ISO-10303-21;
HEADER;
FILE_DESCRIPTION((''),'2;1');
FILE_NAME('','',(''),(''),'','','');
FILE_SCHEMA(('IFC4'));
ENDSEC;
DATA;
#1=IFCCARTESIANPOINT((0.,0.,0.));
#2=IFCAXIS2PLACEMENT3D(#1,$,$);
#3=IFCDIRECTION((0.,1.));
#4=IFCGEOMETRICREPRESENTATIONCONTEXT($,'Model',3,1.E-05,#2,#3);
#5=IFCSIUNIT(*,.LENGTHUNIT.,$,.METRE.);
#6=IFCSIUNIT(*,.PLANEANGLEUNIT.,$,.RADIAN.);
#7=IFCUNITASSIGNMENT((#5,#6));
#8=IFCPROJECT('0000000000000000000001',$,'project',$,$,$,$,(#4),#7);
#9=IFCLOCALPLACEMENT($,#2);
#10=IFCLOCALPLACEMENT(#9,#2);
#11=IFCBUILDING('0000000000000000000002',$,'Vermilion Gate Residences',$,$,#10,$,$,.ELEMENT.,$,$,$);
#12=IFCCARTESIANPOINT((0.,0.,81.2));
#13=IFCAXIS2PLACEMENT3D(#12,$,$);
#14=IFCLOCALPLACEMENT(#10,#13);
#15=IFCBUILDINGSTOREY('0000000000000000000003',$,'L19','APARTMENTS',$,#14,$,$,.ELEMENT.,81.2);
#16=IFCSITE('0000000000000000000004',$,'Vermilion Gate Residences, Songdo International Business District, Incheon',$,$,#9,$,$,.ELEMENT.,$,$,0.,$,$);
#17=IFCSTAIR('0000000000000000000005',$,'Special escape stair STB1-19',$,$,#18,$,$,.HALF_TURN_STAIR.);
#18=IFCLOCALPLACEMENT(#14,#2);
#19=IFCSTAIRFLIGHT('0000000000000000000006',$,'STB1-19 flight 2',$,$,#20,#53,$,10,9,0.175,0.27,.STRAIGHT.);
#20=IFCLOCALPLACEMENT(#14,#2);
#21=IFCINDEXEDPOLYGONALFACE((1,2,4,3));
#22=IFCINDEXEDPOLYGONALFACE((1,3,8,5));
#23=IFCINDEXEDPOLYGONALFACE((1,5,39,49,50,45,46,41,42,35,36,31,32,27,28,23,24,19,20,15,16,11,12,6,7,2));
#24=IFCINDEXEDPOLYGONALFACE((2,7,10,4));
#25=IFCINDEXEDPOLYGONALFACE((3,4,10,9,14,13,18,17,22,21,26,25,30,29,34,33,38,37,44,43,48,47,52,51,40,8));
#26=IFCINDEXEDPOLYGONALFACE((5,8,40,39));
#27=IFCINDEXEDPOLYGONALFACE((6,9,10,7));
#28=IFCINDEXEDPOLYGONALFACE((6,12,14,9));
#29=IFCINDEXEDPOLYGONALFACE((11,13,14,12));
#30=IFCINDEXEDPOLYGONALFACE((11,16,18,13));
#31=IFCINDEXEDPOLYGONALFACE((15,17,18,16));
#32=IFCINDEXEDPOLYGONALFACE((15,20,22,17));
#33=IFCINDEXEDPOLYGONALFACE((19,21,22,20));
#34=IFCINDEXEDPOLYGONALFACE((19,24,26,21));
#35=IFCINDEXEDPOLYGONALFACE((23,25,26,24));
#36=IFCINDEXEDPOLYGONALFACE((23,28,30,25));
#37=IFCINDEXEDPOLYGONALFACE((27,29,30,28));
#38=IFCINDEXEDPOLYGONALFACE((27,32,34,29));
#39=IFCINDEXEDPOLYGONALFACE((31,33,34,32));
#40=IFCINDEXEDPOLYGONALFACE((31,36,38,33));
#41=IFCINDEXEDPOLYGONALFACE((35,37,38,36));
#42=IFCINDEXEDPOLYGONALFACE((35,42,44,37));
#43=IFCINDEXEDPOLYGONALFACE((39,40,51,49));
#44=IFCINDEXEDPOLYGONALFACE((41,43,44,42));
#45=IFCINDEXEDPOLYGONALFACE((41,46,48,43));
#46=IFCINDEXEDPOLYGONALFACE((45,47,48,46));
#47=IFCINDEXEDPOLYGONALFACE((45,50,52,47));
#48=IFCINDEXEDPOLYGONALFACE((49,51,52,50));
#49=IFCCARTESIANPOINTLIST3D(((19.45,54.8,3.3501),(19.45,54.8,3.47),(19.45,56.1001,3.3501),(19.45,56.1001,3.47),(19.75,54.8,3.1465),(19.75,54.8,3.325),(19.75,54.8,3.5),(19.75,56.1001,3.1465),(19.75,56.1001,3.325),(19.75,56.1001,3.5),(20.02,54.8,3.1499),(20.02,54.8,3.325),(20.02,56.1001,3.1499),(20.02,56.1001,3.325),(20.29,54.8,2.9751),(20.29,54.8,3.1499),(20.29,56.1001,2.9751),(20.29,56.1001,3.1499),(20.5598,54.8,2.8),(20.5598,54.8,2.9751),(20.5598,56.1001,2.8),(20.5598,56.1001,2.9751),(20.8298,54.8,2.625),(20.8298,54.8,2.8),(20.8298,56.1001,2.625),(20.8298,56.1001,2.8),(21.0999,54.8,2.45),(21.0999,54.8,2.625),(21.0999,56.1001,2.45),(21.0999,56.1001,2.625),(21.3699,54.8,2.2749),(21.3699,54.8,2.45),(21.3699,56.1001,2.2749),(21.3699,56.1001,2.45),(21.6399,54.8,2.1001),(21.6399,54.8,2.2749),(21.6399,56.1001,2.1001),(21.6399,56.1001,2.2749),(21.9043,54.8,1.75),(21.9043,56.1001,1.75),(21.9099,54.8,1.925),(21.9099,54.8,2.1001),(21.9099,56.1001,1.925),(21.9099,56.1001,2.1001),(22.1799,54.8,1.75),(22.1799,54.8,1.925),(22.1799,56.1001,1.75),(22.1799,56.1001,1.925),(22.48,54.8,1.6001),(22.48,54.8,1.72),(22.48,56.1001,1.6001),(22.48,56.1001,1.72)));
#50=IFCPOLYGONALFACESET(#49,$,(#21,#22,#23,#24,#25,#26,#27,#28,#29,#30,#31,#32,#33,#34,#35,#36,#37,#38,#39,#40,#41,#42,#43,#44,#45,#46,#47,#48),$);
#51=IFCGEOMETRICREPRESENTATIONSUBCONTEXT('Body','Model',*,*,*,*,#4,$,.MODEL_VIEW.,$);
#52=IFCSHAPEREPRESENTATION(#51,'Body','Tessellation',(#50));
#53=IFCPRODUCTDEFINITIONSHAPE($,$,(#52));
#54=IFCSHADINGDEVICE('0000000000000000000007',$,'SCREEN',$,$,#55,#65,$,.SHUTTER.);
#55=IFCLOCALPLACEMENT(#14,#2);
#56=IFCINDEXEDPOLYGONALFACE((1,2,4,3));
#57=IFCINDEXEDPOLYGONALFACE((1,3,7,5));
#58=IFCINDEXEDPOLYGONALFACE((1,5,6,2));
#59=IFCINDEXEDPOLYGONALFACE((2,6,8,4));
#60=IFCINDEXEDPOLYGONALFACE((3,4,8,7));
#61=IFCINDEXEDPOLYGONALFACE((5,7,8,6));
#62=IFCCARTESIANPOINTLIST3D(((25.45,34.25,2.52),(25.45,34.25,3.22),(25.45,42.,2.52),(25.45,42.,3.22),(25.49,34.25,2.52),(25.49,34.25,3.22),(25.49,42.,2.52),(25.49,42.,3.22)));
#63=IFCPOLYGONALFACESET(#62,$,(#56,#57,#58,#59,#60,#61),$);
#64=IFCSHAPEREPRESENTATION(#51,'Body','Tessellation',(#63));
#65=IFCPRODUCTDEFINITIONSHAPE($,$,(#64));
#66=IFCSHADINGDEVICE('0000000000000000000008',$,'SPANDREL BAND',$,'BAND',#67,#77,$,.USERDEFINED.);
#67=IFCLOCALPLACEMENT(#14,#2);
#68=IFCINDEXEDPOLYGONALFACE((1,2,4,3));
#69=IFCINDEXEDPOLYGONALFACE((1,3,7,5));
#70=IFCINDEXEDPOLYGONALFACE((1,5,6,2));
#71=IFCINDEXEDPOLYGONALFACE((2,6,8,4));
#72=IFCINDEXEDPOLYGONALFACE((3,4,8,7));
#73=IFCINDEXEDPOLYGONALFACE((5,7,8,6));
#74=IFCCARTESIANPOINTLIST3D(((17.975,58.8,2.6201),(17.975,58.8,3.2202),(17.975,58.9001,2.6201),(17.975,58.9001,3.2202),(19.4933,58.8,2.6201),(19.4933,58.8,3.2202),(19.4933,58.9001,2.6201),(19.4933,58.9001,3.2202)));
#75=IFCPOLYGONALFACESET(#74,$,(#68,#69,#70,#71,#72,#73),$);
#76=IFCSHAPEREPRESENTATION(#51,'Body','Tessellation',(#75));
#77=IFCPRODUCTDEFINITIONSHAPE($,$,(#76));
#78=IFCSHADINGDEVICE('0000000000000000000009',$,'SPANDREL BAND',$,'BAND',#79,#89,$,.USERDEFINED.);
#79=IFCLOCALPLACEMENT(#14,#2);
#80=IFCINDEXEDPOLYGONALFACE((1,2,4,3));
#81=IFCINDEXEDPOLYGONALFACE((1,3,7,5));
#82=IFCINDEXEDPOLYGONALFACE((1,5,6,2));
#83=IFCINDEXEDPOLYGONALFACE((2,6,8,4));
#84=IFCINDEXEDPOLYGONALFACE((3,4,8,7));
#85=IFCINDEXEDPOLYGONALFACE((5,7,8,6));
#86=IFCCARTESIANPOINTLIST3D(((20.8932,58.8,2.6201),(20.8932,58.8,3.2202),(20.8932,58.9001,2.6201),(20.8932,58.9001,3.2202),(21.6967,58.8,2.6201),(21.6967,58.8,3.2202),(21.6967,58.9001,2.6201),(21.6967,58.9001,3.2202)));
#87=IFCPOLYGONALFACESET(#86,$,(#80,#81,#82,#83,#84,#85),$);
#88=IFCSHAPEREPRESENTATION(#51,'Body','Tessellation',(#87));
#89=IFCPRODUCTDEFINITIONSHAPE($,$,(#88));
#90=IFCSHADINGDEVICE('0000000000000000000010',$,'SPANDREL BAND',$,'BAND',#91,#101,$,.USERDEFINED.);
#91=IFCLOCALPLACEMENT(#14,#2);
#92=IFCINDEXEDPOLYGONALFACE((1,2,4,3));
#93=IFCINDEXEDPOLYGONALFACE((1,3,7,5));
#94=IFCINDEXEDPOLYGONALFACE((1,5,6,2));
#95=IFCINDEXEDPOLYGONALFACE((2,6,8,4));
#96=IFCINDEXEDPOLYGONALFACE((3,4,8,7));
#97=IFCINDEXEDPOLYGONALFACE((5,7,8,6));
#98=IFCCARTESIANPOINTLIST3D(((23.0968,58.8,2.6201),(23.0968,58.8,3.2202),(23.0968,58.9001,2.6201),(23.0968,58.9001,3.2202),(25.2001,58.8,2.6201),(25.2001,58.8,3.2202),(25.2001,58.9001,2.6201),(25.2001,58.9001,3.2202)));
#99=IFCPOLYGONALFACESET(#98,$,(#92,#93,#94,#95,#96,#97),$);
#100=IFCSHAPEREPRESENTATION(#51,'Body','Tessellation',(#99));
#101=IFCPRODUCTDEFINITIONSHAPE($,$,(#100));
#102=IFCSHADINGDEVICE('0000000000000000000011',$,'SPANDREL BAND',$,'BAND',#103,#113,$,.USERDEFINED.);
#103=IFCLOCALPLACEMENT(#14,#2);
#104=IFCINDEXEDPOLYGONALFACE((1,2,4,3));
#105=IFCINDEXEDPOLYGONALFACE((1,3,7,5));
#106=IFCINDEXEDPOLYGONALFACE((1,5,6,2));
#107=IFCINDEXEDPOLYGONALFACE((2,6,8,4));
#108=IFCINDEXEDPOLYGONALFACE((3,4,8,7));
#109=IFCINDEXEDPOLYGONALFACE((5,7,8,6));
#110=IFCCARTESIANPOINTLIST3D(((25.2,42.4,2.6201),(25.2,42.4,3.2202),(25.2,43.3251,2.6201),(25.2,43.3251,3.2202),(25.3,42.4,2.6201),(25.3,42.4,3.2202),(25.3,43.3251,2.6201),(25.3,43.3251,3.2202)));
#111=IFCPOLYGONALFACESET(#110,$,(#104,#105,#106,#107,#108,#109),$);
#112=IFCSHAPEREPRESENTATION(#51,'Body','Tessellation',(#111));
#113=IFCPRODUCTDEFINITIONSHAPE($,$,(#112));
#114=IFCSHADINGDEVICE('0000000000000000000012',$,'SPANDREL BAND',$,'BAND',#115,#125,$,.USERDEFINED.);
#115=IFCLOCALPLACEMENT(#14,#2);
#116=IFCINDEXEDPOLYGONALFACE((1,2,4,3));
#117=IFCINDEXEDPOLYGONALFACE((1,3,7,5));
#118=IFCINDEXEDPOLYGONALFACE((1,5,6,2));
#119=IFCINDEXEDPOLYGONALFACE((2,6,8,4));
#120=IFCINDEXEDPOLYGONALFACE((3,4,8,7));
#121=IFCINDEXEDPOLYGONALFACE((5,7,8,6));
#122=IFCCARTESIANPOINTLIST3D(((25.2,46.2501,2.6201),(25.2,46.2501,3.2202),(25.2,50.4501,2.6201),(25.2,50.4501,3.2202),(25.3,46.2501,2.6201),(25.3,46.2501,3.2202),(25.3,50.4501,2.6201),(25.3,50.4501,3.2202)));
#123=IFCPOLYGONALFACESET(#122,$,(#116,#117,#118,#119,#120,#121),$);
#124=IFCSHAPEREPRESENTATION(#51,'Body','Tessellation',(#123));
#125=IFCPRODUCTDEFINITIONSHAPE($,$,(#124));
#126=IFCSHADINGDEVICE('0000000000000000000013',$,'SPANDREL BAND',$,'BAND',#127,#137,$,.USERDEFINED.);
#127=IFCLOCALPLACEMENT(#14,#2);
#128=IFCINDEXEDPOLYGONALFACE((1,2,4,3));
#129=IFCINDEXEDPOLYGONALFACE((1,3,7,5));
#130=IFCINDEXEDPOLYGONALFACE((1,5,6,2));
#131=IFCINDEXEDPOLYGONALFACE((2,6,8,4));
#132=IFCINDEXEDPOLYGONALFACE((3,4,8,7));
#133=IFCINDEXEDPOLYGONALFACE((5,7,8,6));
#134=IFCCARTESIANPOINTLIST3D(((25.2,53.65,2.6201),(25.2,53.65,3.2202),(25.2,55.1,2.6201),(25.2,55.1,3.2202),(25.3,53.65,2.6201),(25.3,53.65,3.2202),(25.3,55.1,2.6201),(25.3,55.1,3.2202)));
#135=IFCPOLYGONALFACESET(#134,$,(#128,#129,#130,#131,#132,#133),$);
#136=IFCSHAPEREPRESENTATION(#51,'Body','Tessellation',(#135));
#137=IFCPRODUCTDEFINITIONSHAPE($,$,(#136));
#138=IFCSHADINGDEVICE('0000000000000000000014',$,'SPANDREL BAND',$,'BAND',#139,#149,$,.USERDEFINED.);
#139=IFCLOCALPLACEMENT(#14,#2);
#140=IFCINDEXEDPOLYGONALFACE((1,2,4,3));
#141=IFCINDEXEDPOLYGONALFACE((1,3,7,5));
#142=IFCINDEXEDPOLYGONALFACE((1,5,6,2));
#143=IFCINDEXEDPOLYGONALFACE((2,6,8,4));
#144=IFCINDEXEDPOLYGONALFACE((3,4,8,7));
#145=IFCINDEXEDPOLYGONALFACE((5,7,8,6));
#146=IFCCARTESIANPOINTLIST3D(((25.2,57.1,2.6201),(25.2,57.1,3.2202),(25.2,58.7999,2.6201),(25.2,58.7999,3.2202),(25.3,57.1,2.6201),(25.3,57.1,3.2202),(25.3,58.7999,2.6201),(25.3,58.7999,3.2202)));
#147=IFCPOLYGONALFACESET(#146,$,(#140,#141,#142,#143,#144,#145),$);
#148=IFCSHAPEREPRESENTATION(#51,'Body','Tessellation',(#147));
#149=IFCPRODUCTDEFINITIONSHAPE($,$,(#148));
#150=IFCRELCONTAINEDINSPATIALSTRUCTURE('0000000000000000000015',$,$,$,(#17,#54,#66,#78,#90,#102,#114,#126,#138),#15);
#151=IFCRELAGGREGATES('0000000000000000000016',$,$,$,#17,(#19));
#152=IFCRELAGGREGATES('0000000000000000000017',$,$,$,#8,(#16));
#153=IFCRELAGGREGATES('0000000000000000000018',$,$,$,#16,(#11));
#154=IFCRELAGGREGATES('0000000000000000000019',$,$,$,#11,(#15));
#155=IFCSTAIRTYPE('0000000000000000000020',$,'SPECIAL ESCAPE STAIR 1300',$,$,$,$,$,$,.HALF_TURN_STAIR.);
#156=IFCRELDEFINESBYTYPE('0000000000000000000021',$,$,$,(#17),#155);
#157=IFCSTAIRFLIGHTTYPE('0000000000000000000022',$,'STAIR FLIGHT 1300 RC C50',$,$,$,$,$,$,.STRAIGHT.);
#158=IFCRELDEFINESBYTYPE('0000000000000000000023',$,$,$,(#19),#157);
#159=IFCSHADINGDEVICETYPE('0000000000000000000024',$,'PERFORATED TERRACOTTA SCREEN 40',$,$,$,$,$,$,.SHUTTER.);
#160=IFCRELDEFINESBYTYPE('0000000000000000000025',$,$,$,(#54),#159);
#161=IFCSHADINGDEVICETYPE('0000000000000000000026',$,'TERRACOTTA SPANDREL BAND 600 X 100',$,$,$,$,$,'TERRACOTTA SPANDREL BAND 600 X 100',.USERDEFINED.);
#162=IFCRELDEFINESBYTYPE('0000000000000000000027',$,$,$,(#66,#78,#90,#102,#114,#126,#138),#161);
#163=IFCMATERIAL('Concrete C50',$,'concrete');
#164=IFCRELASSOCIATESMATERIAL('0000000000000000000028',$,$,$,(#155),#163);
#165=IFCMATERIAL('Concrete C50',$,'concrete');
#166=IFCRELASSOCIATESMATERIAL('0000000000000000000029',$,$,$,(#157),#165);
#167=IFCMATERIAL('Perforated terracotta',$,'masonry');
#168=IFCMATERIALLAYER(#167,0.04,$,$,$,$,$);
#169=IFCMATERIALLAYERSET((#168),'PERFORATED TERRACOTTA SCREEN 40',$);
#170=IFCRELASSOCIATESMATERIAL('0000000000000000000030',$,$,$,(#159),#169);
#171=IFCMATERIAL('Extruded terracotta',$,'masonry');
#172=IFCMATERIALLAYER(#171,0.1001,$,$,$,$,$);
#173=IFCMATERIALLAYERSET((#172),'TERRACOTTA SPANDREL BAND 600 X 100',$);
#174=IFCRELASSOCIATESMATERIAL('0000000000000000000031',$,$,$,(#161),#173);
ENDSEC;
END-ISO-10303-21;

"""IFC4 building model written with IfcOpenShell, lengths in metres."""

from ifc_helpers import new_model, si_unit, direction, frame, origin, origin_2d, place, context, subcontext, project, spatial, polyline, rectangle, outline, extrude, material, layer, layer_set, type_object, element, aggregate, save


model = new_model("IFC4")

# Units and contexts
model_context = context("Model", 3, precision=1e-05, world=origin(), true_north=direction((0.0, 1.0)))
body_context = subcontext(model_context, "Body", "Model", "MODEL_VIEW")
ifc_project = project(units=[si_unit("LENGTHUNIT", "METRE"), si_unit("PLANEANGLEUNIT", "RADIAN")], contexts=[model_context])

# Site, building, storey
site_placement = place(None, origin())
site = spatial("IfcSite", under=ifc_project, at=site_placement, Name="Vermilion Gate Residences, Songdo International Business District, Incheon", CompositionType="ELEMENT", RefElevation=0.0)
building_placement = place(site_placement, origin())
building = spatial("IfcBuilding", under=site, at=building_placement, Name="Vermilion Gate Residences", CompositionType="ELEMENT")
storey_placement = place(building_placement, frame((0.0, 0.0, 81.2)))
storey = spatial("IfcBuildingStorey", under=building, at=storey_placement, Name="L19", Description="APARTMENTS", CompositionType="ELEMENT", Elevation=81.2)

# Stair, stair flight
ifc_material_1 = material(Name="Concrete C50", Category="concrete")
stair_type = type_object("IfcStairType", Name="SPECIAL ESCAPE STAIR 1300", PredefinedType="HALF_TURN_STAIR", material=ifc_material_1)
stair_placement = place(storey_placement, origin())
stair = element("IfcStair", 1, at=stair_placement, inside=storey, type_object=stair_type, Name="Special escape stair STB1-19", PredefinedType="HALF_TURN_STAIR")
ifc_material_2 = material(Name="Concrete C50", Category="concrete")
stair_flight_type = type_object("IfcStairFlightType", Name="STAIR FLIGHT 1300 RC C50", PredefinedType="STRAIGHT", material=ifc_material_2)
stair_flight_1_placement = place(storey_placement, frame((22.1799, 55.45, 1.75), z_axis=(0.0, 0.0, 1.0), x_axis=(-1.0, 0.0, 0.0)))
stair_flight_1 = element("IfcStairFlight", 2, at=stair_flight_1_placement, type_object=stair_flight_type, Name="STB1-19 flight 2", NumberOfRisers=10, NumberOfTreads=9, PredefinedType="STRAIGHT", RiserHeight=0.175, TreadLength=0.27, context=body_context, shape_type="SweptSolid", body=[
    extrude(outline(polyline([(-0.3, -0.1499), (-0.3, -0.03), (0.0, 0.0), (0.0, 0.175), (0.27, 0.175), (0.27, 0.3501), (0.54, 0.3501), (0.54, 0.5249), (0.8101, 0.5249), (0.8101, 0.7), (1.0801, 0.7), (1.0801, 0.875), (1.3501, 0.875), (1.3501, 1.05), (1.6201, 1.05), (1.6201, 1.2251), (1.8899, 1.2251), (1.8899, 1.3999), (2.1599, 1.3999), (2.1599, 1.575), (2.4299, 1.575), (2.4299, 1.75), (2.73, 1.72), (2.73, 1.6001), (2.4299, 1.3965), (0.2756, 0.0), (-0.3, -0.1499)])), frame((0.0, 0.6499, 0.0), z_axis=(0.0, -1.0, 0.0), x_axis=(1.0, 0.0, 0.0)), (0.0, 0.0, 1.0), 1.3),
])
aggregate(stair, [stair_flight_1])

# Shading device
ifc_material_3 = material(Name="Perforated terracotta", Category="masonry")
ifc_layer_1 = layer(ifc_material_3, 0.04)
ifc_layer_set_1 = layer_set([ifc_layer_1], Name="PERFORATED TERRACOTTA SCREEN 40")
shading_device_type_1 = type_object("IfcShadingDeviceType", Name="PERFORATED TERRACOTTA SCREEN 40", PredefinedType="SHUTTER", material=ifc_layer_set_1)
shading_device_1_placement = place(storey_placement, frame((25.47, 38.125, 2.52), z_axis=(0.0, 0.0, 1.0), x_axis=(0.0, 1.0, 0.0)))
element("IfcShadingDevice", 3, at=shading_device_1_placement, inside=storey, type_object=shading_device_type_1, Name="SCREEN", PredefinedType="SHUTTER", context=body_context, shape_type="SweptSolid", body=[
    extrude(rectangle(XDim=7.75, YDim=0.04, at=origin_2d()), origin(), (0.0, 0.0, 1.0), 0.7),
])

# Shading devices
ifc_material_4 = material(Name="Extruded terracotta", Category="masonry")
ifc_layer_2 = layer(ifc_material_4, 0.1001)
ifc_layer_set_2 = layer_set([ifc_layer_2], Name="TERRACOTTA SPANDREL BAND 600 X 100")
shading_device_type_2 = type_object("IfcShadingDeviceType", Name="TERRACOTTA SPANDREL BAND 600 X 100", ElementType="TERRACOTTA SPANDREL BAND 600 X 100", PredefinedType="USERDEFINED", material=ifc_layer_set_2)
shading_device_2_placement = place(storey_placement, frame((18.7341, 58.8501, 2.6201), z_axis=(0.0, 0.0, 1.0), x_axis=(1.0, 0.0, 0.0)))
element("IfcShadingDevice", 4, at=shading_device_2_placement, inside=storey, type_object=shading_device_type_2, Name="SPANDREL BAND", ObjectType="BAND", PredefinedType="USERDEFINED", context=body_context, shape_type="SweptSolid", body=[
    extrude(rectangle(XDim=1.5183, YDim=0.1001, at=origin_2d()), origin(), (0.0, 0.0, 1.0), 0.6001),
])
shading_device_3_placement = place(storey_placement, frame((21.2949, 58.8501, 2.6201), z_axis=(0.0, 0.0, 1.0), x_axis=(1.0, 0.0, 0.0)))
element("IfcShadingDevice", 5, at=shading_device_3_placement, inside=storey, type_object=shading_device_type_2, Name="SPANDREL BAND", ObjectType="BAND", PredefinedType="USERDEFINED", context=body_context, shape_type="SweptSolid", body=[
    extrude(rectangle(XDim=0.8035, YDim=0.1001, at=origin_2d()), origin(), (0.0, 0.0, 1.0), 0.6001),
])
shading_device_4_placement = place(storey_placement, frame((24.1484, 58.8501, 2.6201), z_axis=(0.0, 0.0, 1.0), x_axis=(1.0, 0.0, 0.0)))
element("IfcShadingDevice", 6, at=shading_device_4_placement, inside=storey, type_object=shading_device_type_2, Name="SPANDREL BAND", ObjectType="BAND", PredefinedType="USERDEFINED", context=body_context, shape_type="SweptSolid", body=[
    extrude(rectangle(XDim=2.1033, YDim=0.1001, at=origin_2d()), origin(), (0.0, 0.0, 1.0), 0.6001),
])
shading_device_5_placement = place(storey_placement, frame((25.25, 42.8625, 2.6201), z_axis=(0.0, 0.0, 1.0), x_axis=(0.0, 1.0, 0.0)))
element("IfcShadingDevice", 7, at=shading_device_5_placement, inside=storey, type_object=shading_device_type_2, Name="SPANDREL BAND", ObjectType="BAND", PredefinedType="USERDEFINED", context=body_context, shape_type="SweptSolid", body=[
    extrude(rectangle(XDim=0.925, YDim=0.1001, at=origin_2d()), origin(), (0.0, 0.0, 1.0), 0.6001),
])
shading_device_6_placement = place(storey_placement, frame((25.25, 48.3501, 2.6201), z_axis=(0.0, 0.0, 1.0), x_axis=(0.0, 1.0, 0.0)))
element("IfcShadingDevice", 8, at=shading_device_6_placement, inside=storey, type_object=shading_device_type_2, Name="SPANDREL BAND", ObjectType="BAND", PredefinedType="USERDEFINED", context=body_context, shape_type="SweptSolid", body=[
    extrude(rectangle(XDim=4.2, YDim=0.1001, at=origin_2d()), origin(), (0.0, 0.0, 1.0), 0.6001),
])
shading_device_7_placement = place(storey_placement, frame((25.25, 54.375, 2.6201), z_axis=(0.0, 0.0, 1.0), x_axis=(0.0, 1.0, 0.0)))
element("IfcShadingDevice", 9, at=shading_device_7_placement, inside=storey, type_object=shading_device_type_2, Name="SPANDREL BAND", ObjectType="BAND", PredefinedType="USERDEFINED", context=body_context, shape_type="SweptSolid", body=[
    extrude(rectangle(XDim=1.45, YDim=0.1001, at=origin_2d()), origin(), (0.0, 0.0, 1.0), 0.6001),
])
shading_device_8_placement = place(storey_placement, frame((25.25, 57.95, 2.6201), z_axis=(0.0, 0.0, 1.0), x_axis=(0.0, 1.0, 0.0)))
element("IfcShadingDevice", 10, at=shading_device_8_placement, inside=storey, type_object=shading_device_type_2, Name="SPANDREL BAND", ObjectType="BAND", PredefinedType="USERDEFINED", context=body_context, shape_type="SweptSolid", body=[
    extrude(rectangle(XDim=1.7, YDim=0.1001, at=origin_2d()), origin(), (0.0, 0.0, 1.0), 0.6001),
])

save(model, "model.ifc")
